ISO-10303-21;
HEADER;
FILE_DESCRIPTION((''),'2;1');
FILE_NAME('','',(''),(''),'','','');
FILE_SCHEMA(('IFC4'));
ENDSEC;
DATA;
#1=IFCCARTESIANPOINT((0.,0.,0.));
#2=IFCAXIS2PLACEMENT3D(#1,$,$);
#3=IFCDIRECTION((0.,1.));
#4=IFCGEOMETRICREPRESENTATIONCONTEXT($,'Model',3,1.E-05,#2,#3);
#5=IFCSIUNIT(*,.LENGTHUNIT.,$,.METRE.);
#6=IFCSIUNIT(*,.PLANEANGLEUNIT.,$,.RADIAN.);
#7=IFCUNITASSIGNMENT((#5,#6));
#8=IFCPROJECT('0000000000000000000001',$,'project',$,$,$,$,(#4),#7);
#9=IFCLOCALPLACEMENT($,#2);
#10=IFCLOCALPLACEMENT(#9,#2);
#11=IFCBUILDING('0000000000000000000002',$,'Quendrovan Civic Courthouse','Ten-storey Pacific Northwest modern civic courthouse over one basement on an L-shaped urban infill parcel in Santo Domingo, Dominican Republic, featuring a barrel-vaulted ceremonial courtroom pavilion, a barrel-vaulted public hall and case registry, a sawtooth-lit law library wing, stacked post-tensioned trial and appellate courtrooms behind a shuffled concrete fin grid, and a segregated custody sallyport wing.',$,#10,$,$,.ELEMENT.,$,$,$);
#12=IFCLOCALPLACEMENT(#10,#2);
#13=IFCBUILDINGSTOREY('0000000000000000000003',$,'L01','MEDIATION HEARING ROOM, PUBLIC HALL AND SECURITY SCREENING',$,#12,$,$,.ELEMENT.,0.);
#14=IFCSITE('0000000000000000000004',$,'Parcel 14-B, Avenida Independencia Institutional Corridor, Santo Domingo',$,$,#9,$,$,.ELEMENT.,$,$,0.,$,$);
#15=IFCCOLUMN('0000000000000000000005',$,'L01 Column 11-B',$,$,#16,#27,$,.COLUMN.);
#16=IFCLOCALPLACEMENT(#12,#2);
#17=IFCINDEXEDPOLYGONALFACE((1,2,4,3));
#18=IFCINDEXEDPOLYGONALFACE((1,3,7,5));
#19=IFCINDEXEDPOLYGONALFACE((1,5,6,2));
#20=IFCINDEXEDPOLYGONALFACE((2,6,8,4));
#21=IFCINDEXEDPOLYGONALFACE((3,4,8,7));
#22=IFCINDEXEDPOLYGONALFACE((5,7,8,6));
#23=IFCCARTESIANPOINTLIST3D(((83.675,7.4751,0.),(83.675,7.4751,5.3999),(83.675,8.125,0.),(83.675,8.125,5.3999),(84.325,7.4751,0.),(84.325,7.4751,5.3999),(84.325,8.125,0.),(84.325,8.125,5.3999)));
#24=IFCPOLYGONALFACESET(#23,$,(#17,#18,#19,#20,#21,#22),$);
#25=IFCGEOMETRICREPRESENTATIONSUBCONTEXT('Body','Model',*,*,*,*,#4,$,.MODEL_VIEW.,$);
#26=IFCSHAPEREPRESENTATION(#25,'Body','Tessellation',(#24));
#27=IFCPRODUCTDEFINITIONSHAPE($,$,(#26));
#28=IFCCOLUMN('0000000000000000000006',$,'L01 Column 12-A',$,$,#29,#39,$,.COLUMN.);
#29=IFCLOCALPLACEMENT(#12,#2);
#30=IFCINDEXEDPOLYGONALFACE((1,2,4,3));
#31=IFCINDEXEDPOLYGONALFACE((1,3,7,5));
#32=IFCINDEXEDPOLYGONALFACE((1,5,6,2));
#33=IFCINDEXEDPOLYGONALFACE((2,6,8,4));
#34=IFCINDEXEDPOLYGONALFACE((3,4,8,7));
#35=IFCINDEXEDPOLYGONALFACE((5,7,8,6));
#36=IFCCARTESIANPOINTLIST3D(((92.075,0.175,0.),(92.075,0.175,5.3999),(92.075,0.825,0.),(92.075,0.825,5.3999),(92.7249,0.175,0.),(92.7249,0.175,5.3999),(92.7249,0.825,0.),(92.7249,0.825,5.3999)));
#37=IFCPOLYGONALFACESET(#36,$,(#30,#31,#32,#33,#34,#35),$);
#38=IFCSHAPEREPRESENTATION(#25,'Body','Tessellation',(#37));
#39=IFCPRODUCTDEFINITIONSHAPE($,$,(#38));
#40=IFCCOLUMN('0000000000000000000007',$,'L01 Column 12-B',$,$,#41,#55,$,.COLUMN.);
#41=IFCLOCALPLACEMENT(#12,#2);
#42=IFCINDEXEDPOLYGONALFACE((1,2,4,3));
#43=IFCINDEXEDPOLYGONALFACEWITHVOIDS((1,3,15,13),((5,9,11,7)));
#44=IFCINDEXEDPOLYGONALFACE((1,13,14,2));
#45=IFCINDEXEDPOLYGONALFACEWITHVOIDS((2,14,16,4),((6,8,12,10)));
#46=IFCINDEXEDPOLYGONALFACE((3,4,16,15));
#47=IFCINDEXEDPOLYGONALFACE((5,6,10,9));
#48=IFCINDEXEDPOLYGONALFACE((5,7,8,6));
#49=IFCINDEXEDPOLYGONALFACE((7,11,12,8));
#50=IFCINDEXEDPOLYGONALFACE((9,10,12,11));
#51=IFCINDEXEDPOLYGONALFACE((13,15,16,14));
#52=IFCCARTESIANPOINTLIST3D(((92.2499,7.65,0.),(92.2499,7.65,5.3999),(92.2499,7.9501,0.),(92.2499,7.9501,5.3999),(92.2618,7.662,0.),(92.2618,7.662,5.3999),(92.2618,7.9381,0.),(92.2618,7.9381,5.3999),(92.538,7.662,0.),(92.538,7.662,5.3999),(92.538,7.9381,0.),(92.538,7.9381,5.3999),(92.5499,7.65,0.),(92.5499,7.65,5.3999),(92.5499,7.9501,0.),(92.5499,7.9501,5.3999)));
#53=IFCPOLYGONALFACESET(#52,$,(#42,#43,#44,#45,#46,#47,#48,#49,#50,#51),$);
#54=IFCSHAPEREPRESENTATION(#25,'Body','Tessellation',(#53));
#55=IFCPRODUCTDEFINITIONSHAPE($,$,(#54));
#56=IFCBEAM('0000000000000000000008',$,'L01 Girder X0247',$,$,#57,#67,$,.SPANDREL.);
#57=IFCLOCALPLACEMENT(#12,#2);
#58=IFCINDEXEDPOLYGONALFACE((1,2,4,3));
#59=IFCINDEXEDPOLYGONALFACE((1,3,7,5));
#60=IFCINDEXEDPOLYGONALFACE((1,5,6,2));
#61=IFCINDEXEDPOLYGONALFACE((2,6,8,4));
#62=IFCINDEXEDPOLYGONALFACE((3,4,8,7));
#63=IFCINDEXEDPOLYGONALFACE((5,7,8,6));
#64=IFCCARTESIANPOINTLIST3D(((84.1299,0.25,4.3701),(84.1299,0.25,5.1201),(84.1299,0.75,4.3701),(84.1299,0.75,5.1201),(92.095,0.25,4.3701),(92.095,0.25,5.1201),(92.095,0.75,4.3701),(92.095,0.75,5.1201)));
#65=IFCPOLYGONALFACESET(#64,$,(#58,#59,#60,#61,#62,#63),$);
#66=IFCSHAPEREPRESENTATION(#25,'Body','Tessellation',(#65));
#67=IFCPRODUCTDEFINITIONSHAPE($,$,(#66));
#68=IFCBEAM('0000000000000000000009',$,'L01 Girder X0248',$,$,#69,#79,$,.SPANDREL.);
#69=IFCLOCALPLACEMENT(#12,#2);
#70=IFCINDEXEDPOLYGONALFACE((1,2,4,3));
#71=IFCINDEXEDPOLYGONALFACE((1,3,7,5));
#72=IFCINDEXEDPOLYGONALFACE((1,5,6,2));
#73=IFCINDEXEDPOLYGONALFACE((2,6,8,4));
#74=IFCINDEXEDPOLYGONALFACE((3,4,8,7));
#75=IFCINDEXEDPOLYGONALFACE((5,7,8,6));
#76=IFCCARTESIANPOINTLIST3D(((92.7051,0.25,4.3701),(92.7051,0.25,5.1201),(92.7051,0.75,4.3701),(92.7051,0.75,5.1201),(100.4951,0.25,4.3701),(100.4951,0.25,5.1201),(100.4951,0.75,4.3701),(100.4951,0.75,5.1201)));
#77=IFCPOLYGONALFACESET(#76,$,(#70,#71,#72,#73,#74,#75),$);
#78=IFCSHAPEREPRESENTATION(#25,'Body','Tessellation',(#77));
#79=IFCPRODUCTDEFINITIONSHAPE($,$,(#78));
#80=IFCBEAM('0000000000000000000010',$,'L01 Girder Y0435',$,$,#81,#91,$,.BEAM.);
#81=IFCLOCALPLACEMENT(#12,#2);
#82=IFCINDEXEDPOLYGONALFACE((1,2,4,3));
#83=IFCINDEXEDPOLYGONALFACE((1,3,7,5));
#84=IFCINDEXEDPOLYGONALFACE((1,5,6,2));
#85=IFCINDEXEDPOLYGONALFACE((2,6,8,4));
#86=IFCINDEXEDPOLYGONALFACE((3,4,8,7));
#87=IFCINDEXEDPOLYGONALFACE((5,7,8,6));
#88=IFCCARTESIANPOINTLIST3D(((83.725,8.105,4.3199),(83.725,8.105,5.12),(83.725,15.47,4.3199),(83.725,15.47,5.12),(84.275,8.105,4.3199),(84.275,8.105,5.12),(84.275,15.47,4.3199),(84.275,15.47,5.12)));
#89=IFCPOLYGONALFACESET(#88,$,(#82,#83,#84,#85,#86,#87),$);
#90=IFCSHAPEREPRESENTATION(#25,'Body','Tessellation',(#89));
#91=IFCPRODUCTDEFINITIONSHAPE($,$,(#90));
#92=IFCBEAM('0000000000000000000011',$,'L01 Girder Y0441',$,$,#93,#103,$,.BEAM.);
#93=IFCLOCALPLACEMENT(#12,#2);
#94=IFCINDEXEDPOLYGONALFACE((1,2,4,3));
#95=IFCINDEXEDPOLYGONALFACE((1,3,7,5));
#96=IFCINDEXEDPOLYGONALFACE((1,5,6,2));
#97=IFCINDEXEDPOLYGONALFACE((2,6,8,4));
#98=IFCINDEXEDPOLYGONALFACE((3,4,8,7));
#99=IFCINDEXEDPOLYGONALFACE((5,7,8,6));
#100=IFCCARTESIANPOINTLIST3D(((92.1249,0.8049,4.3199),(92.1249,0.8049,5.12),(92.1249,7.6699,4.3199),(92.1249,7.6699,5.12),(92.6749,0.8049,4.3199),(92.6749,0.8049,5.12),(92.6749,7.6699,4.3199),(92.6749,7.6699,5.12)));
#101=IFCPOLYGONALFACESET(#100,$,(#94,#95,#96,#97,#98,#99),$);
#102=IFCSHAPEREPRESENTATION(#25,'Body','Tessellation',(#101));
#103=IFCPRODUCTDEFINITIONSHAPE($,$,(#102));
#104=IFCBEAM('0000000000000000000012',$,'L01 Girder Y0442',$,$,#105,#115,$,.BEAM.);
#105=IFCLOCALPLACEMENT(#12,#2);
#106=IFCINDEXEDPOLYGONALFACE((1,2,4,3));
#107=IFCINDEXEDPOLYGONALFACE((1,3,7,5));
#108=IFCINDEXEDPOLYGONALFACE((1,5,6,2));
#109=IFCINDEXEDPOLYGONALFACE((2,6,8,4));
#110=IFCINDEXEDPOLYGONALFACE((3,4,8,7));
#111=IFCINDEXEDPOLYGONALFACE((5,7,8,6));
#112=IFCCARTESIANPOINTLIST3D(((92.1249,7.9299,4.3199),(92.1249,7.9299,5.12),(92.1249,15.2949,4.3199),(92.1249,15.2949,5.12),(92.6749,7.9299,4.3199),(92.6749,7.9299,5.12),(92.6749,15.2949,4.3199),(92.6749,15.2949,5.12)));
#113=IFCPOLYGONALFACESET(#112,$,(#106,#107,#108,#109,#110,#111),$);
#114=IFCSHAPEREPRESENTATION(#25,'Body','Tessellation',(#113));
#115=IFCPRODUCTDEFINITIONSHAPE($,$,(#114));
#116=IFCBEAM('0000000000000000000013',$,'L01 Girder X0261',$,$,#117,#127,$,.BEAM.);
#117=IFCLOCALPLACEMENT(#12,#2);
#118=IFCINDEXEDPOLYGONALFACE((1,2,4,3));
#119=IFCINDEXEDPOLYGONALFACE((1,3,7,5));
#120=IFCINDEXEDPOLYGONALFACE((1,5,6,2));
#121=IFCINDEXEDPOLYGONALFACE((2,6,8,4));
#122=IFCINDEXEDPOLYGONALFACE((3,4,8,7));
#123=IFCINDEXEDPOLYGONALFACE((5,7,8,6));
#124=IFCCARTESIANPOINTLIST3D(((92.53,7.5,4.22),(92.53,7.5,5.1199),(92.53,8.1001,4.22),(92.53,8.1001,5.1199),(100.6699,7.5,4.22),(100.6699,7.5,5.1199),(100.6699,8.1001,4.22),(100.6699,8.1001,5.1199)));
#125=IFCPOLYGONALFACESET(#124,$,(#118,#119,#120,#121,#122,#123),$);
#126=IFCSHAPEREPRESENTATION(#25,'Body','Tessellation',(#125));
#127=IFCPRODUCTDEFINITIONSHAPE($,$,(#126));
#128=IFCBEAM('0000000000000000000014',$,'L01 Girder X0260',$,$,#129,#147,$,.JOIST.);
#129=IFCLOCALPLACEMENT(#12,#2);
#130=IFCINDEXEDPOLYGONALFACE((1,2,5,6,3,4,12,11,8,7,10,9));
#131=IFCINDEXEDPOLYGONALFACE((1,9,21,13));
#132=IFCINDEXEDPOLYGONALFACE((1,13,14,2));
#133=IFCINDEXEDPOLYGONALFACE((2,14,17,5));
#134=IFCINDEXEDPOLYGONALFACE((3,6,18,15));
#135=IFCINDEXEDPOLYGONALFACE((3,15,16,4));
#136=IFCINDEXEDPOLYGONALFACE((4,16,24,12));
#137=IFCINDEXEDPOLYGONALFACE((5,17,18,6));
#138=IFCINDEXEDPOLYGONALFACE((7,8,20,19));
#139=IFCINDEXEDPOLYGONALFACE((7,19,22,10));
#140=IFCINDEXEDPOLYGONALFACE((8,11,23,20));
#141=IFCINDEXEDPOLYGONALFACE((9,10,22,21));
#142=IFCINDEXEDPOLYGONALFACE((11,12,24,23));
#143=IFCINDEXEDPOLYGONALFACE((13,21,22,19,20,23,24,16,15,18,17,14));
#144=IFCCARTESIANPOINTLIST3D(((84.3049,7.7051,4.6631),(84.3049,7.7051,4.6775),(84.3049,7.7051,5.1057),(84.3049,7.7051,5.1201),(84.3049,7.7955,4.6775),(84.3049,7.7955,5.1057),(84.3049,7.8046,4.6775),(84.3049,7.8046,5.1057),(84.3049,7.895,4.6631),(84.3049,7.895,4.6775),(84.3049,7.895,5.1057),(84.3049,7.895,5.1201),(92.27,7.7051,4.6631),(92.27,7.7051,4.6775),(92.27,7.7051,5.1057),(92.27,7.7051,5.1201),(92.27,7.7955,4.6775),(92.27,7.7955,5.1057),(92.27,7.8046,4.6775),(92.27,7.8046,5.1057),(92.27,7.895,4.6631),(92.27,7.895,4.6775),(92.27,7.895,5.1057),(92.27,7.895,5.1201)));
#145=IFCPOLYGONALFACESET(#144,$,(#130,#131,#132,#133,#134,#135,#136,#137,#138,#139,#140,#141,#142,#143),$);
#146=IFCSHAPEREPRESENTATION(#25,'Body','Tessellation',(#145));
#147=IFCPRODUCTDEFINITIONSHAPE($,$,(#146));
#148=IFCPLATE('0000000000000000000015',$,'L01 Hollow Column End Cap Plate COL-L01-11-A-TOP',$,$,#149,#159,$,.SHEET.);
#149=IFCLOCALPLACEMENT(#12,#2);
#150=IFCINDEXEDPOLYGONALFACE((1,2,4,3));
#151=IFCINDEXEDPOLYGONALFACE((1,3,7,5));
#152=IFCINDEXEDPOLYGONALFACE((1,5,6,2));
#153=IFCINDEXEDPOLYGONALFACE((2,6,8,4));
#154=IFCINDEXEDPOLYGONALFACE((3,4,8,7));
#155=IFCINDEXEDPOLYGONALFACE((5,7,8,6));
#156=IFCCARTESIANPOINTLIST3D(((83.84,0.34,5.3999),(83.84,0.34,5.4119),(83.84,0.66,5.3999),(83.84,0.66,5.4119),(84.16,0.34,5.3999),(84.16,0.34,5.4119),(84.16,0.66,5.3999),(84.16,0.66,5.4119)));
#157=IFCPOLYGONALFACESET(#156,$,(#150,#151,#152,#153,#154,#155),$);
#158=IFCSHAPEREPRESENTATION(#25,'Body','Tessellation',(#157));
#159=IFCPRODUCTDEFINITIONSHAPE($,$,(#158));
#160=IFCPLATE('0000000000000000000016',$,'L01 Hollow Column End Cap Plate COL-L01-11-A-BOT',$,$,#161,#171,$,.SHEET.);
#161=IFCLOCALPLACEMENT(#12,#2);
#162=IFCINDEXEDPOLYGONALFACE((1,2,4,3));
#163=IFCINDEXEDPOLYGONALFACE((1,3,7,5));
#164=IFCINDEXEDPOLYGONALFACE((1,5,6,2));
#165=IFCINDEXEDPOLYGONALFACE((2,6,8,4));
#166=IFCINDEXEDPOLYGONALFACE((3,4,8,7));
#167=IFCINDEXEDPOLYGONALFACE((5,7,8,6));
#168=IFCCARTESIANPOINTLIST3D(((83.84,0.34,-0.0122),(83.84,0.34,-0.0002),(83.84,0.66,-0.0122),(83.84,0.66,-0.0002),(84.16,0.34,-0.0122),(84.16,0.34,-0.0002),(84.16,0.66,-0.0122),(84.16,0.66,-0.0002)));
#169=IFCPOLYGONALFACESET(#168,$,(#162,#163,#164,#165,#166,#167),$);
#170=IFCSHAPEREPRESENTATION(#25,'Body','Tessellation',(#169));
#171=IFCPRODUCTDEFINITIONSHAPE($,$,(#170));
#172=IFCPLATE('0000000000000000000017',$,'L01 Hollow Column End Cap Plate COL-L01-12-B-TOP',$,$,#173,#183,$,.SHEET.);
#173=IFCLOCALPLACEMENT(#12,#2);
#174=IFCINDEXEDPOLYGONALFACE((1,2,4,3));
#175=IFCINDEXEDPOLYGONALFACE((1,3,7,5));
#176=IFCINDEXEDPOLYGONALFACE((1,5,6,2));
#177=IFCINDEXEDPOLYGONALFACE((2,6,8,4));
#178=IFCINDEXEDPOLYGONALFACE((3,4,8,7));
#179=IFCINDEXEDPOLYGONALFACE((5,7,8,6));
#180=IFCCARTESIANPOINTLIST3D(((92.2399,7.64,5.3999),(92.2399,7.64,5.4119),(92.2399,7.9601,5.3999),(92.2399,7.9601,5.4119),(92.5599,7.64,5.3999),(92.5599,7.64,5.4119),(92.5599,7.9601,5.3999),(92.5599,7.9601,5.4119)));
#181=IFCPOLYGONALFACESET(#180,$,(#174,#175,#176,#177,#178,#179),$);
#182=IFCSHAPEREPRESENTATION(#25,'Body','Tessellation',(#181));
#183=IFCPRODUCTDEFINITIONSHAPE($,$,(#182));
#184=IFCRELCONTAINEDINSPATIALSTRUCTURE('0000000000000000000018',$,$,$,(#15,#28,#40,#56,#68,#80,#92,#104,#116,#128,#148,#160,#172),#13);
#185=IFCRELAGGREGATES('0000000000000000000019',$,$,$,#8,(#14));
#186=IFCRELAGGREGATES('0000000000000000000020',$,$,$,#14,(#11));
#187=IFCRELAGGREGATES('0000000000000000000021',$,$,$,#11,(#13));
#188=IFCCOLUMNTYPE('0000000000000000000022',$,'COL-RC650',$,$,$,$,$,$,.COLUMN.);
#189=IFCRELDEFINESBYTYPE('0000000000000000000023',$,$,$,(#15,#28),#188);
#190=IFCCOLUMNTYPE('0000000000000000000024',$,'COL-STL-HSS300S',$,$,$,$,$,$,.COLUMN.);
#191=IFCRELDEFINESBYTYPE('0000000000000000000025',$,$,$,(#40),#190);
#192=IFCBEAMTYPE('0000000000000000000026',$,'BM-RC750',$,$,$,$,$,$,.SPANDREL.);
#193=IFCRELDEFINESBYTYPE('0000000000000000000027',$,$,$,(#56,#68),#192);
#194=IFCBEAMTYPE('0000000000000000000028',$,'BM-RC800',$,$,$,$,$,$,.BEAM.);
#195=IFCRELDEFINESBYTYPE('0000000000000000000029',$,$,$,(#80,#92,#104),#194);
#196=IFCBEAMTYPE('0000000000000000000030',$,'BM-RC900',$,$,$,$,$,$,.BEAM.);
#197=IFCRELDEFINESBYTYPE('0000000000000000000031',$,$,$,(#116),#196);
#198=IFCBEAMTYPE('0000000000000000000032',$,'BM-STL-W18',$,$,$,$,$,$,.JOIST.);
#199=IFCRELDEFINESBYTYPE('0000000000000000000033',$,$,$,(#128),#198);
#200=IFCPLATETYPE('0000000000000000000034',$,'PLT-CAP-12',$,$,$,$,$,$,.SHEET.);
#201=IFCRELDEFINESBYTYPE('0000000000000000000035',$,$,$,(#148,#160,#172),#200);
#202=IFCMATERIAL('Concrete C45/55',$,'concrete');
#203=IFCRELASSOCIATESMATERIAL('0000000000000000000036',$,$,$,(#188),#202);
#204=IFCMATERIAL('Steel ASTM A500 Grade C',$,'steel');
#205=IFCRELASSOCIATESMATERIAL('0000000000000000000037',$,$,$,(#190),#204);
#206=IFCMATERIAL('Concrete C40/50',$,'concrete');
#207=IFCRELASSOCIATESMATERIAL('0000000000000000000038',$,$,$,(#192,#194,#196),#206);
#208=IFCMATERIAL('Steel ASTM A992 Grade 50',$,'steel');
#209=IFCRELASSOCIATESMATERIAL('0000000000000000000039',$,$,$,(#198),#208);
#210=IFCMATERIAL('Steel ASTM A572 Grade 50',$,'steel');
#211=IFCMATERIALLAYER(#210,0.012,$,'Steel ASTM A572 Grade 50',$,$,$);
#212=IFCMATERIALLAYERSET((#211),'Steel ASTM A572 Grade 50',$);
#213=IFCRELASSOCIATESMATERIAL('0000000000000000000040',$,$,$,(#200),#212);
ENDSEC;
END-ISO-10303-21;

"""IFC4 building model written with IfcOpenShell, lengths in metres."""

from ifc_helpers import new_model, si_unit, direction, frame, origin, origin_2d, place, context, subcontext, project, spatial, rectangle, hollow_rectangle, i_section, extrude, material, layer, layer_set, material_profile, profile_set, type_object, element, save


model = new_model("IFC4")

# Units and contexts
model_context = context("Model", 3, precision=1e-05, world=origin(), true_north=direction((0.0, 1.0)))
body_context = subcontext(model_context, "Body", "Model", "MODEL_VIEW")
ifc_project = project(units=[si_unit("LENGTHUNIT", "METRE"), si_unit("PLANEANGLEUNIT", "RADIAN")], contexts=[model_context])

# Site, building, storey
site_placement = place(None, origin())
site = spatial("IfcSite", under=ifc_project, at=site_placement, Name="Parcel 14-B, Avenida Independencia Institutional Corridor, Santo Domingo", CompositionType="ELEMENT", RefElevation=0.0)
building_placement = place(site_placement, origin())
building = spatial("IfcBuilding", under=site, at=building_placement, Name="Quendrovan Civic Courthouse", Description="Ten-storey Pacific Northwest modern civic courthouse over one basement on an L-shaped urban infill parcel in Santo Domingo, Dominican Republic, featuring a barrel-vaulted ceremonial courtroom pavilion, a barrel-vaulted public hall and case registry, a sawtooth-lit law library wing, stacked post-tensioned trial and appellate courtrooms behind a shuffled concrete fin grid, and a segregated custody sallyport wing.", CompositionType="ELEMENT")
storey_placement = place(building_placement, origin())
storey = spatial("IfcBuildingStorey", under=building, at=storey_placement, Name="L01", Description="MEDIATION HEARING ROOM, PUBLIC HALL AND SECURITY SCREENING", CompositionType="ELEMENT", Elevation=0.0)

# Columns
ifc_material_1 = material(Name="Concrete C45/55", Category="concrete")
ifc_material_profile_1 = material_profile(ifc_material_1, rectangle(XDim=0.6499, YDim=0.6499, at=origin_2d()), Name="RC-COL-650x650")
ifc_profile_set_1 = profile_set([ifc_material_profile_1], Name="Concrete C45/55")
column_type_1 = type_object("IfcColumnType", Name="COL-RC650", PredefinedType="COLUMN", material=ifc_profile_set_1)
for number, where, z_axis, x_axis, name in (
    (1, (84.0, 7.8, 0.0), (0.0, 0.0, 1.0), (1.0, 0.0, 0.0), "L01 Column 11-B"),
    (2, (92.3999, 0.5, 0.0), (0.0, 0.0, 1.0), (1.0, 0.0, 0.0), "L01 Column 12-A"),
):
    element("IfcColumn", number, at=place(storey_placement, frame(where, z_axis=z_axis, x_axis=x_axis)), inside=storey, type_object=column_type_1, Name=name, PredefinedType="COLUMN", context=body_context, shape_type="SweptSolid", body=[
        extrude(rectangle(XDim=0.6499, YDim=0.6499, at=origin_2d()), origin(), (0.0, 0.0, 1.0), 5.3999),
    ])
ifc_material_2 = material(Name="Steel ASTM A500 Grade C", Category="steel")
ifc_material_profile_2 = material_profile(ifc_material_2, hollow_rectangle(XDim=0.3, YDim=0.3, WallThickness=0.012, at=origin_2d()), Name="HSS300x300x12")
ifc_profile_set_2 = profile_set([ifc_material_profile_2], Name="Steel ASTM A500 Grade C")
column_type_2 = type_object("IfcColumnType", Name="COL-STL-HSS300S", PredefinedType="COLUMN", material=ifc_profile_set_2)
column_placement = place(storey_placement, frame((92.3999, 7.8, 0.0), z_axis=(0.0, 0.0, 1.0), x_axis=(1.0, 0.0, 0.0)))
element("IfcColumn", 3, at=column_placement, inside=storey, type_object=column_type_2, Name="L01 Column 12-B", PredefinedType="COLUMN", context=body_context, shape_type="SweptSolid", body=[
    extrude(hollow_rectangle(XDim=0.3, YDim=0.3, WallThickness=0.012, at=origin_2d()), origin(), (0.0, 0.0, 1.0), 5.3999),
])

# Beams
ifc_material_3 = material(Name="Concrete C40/50", Category="concrete")
ifc_material_profile_3 = material_profile(ifc_material_3, rectangle(XDim=0.5, YDim=0.75, at=origin_2d()), Name="RC-BM-500x750")
ifc_profile_set_3 = profile_set([ifc_material_profile_3], Name="Concrete C40/50")
beam_type_1 = type_object("IfcBeamType", Name="BM-RC750", PredefinedType="SPANDREL", material=ifc_profile_set_3)
beam_1_placement = place(storey_placement, frame((84.1299, 0.5, 4.7451), z_axis=(1.0, 0.0, 0.0), x_axis=(0.0, 1.0, 0.0)))
element("IfcBeam", 4, at=beam_1_placement, inside=storey, type_object=beam_type_1, Name="L01 Girder X0247", PredefinedType="SPANDREL", context=body_context, shape_type="SweptSolid", body=[
    extrude(rectangle(XDim=0.5, YDim=0.75, at=origin_2d()), origin(), (0.0, 0.0, 1.0), 7.9651),
])
beam_2_placement = place(storey_placement, frame((92.7051, 0.5, 4.7451), z_axis=(1.0, 0.0, 0.0), x_axis=(0.0, 1.0, 0.0)))
element("IfcBeam", 5, at=beam_2_placement, inside=storey, type_object=beam_type_1, Name="L01 Girder X0248", PredefinedType="SPANDREL", context=body_context, shape_type="SweptSolid", body=[
    extrude(rectangle(XDim=0.5, YDim=0.75, at=origin_2d()), origin(), (0.0, 0.0, 1.0), 7.79),
])
ifc_material_profile_4 = material_profile(ifc_material_3, rectangle(XDim=0.55, YDim=0.8, at=origin_2d()), Name="RC-BM-550x800")
ifc_profile_set_4 = profile_set([ifc_material_profile_4], Name="Concrete C40/50")
beam_type_2 = type_object("IfcBeamType", Name="BM-RC800", PredefinedType="BEAM", material=ifc_profile_set_4)
beam_3_placement = place(storey_placement, frame((84.0, 8.105, 4.72), z_axis=(0.0, 1.0, 0.0), x_axis=(-1.0, 0.0, 0.0)))
element("IfcBeam", 6, at=beam_3_placement, inside=storey, type_object=beam_type_2, Name="L01 Girder Y0435", PredefinedType="BEAM", context=body_context, shape_type="SweptSolid", body=[
    extrude(rectangle(XDim=0.55, YDim=0.8, at=origin_2d()), origin(), (0.0, 0.0, 1.0), 7.365),
])
beam_4_placement = place(storey_placement, frame((92.3999, 0.8049, 4.72), z_axis=(0.0, 1.0, 0.0), x_axis=(-1.0, 0.0, 0.0)))
element("IfcBeam", 7, at=beam_4_placement, inside=storey, type_object=beam_type_2, Name="L01 Girder Y0441", PredefinedType="BEAM", context=body_context, shape_type="SweptSolid", body=[
    extrude(rectangle(XDim=0.55, YDim=0.8, at=origin_2d()), origin(), (0.0, 0.0, 1.0), 6.865),
])
beam_5_placement = place(storey_placement, frame((92.3999, 7.9299, 4.72), z_axis=(0.0, 1.0, 0.0), x_axis=(-1.0, 0.0, 0.0)))
element("IfcBeam", 8, at=beam_5_placement, inside=storey, type_object=beam_type_2, Name="L01 Girder Y0442", PredefinedType="BEAM", context=body_context, shape_type="SweptSolid", body=[
    extrude(rectangle(XDim=0.55, YDim=0.8, at=origin_2d()), origin(), (0.0, 0.0, 1.0), 7.365),
])
ifc_material_profile_5 = material_profile(ifc_material_3, rectangle(XDim=0.6001, YDim=0.8999, at=origin_2d()), Name="RC-BM-600x900")
ifc_profile_set_5 = profile_set([ifc_material_profile_5], Name="Concrete C40/50")
beam_type_3 = type_object("IfcBeamType", Name="BM-RC900", PredefinedType="BEAM", material=ifc_profile_set_5)
beam_6_placement = place(storey_placement, frame((92.53, 7.8, 4.6699), z_axis=(1.0, 0.0, 0.0), x_axis=(0.0, 1.0, 0.0)))
element("IfcBeam", 9, at=beam_6_placement, inside=storey, type_object=beam_type_3, Name="L01 Girder X0261", PredefinedType="BEAM", context=body_context, shape_type="SweptSolid", body=[
    extrude(rectangle(XDim=0.6001, YDim=0.8999, at=origin_2d()), origin(), (0.0, 0.0, 1.0), 8.1399),
])
ifc_material_4 = material(Name="Steel ASTM A992 Grade 50", Category="steel")
ifc_material_profile_6 = material_profile(ifc_material_4, i_section(OverallWidth=0.1899, OverallDepth=0.457, WebThickness=0.009, FlangeThickness=0.0144, at=origin_2d()), Name="W18X50")
ifc_profile_set_6 = profile_set([ifc_material_profile_6], Name="Steel ASTM A992 Grade 50")
beam_type_4 = type_object("IfcBeamType", Name="BM-STL-W18", PredefinedType="JOIST", material=ifc_profile_set_6)
beam_7_placement = place(storey_placement, frame((84.3049, 7.8, 4.8916), z_axis=(1.0, 0.0, 0.0), x_axis=(0.0, 1.0, 0.0)))
element("IfcBeam", 10, at=beam_7_placement, inside=storey, type_object=beam_type_4, Name="L01 Girder X0260", PredefinedType="JOIST", context=body_context, shape_type="SweptSolid", body=[
    extrude(i_section(OverallWidth=0.1899, OverallDepth=0.457, WebThickness=0.009, FlangeThickness=0.0144, at=origin_2d()), origin(), (0.0, 0.0, 1.0), 7.9651),
])

# Plates
ifc_material_5 = material(Name="Steel ASTM A572 Grade 50", Category="steel")
ifc_layer_1 = layer(ifc_material_5, 0.012, Name="Steel ASTM A572 Grade 50")
ifc_layer_set_1 = layer_set([ifc_layer_1], Name="Steel ASTM A572 Grade 50")
plate_type = type_object("IfcPlateType", Name="PLT-CAP-12", PredefinedType="SHEET", material=ifc_layer_set_1)
for number, where, z_axis, x_axis, name in (
    (11, (84.0, 0.5, 5.3999), (0.0, 0.0, 1.0), (1.0, 0.0, 0.0), "L01 Hollow Column End Cap Plate COL-L01-11-A-TOP"),
    (12, (84.0, 0.5, -0.0122), (0.0, 0.0, 1.0), (1.0, 0.0, 0.0), "L01 Hollow Column End Cap Plate COL-L01-11-A-BOT"),
    (13, (92.3999, 7.8, 5.3999), (0.0, 0.0, 1.0), (1.0, 0.0, 0.0), "L01 Hollow Column End Cap Plate COL-L01-12-B-TOP"),
):
    element("IfcPlate", number, at=place(storey_placement, frame(where, z_axis=z_axis, x_axis=x_axis)), inside=storey, type_object=plate_type, Name=name, PredefinedType="SHEET", context=body_context, shape_type="SweptSolid", body=[
        extrude(rectangle(XDim=0.3201, YDim=0.3201, at=origin_2d()), origin(), (0.0, 0.0, 1.0), 0.012),
    ])

save(model, "model.ifc")
